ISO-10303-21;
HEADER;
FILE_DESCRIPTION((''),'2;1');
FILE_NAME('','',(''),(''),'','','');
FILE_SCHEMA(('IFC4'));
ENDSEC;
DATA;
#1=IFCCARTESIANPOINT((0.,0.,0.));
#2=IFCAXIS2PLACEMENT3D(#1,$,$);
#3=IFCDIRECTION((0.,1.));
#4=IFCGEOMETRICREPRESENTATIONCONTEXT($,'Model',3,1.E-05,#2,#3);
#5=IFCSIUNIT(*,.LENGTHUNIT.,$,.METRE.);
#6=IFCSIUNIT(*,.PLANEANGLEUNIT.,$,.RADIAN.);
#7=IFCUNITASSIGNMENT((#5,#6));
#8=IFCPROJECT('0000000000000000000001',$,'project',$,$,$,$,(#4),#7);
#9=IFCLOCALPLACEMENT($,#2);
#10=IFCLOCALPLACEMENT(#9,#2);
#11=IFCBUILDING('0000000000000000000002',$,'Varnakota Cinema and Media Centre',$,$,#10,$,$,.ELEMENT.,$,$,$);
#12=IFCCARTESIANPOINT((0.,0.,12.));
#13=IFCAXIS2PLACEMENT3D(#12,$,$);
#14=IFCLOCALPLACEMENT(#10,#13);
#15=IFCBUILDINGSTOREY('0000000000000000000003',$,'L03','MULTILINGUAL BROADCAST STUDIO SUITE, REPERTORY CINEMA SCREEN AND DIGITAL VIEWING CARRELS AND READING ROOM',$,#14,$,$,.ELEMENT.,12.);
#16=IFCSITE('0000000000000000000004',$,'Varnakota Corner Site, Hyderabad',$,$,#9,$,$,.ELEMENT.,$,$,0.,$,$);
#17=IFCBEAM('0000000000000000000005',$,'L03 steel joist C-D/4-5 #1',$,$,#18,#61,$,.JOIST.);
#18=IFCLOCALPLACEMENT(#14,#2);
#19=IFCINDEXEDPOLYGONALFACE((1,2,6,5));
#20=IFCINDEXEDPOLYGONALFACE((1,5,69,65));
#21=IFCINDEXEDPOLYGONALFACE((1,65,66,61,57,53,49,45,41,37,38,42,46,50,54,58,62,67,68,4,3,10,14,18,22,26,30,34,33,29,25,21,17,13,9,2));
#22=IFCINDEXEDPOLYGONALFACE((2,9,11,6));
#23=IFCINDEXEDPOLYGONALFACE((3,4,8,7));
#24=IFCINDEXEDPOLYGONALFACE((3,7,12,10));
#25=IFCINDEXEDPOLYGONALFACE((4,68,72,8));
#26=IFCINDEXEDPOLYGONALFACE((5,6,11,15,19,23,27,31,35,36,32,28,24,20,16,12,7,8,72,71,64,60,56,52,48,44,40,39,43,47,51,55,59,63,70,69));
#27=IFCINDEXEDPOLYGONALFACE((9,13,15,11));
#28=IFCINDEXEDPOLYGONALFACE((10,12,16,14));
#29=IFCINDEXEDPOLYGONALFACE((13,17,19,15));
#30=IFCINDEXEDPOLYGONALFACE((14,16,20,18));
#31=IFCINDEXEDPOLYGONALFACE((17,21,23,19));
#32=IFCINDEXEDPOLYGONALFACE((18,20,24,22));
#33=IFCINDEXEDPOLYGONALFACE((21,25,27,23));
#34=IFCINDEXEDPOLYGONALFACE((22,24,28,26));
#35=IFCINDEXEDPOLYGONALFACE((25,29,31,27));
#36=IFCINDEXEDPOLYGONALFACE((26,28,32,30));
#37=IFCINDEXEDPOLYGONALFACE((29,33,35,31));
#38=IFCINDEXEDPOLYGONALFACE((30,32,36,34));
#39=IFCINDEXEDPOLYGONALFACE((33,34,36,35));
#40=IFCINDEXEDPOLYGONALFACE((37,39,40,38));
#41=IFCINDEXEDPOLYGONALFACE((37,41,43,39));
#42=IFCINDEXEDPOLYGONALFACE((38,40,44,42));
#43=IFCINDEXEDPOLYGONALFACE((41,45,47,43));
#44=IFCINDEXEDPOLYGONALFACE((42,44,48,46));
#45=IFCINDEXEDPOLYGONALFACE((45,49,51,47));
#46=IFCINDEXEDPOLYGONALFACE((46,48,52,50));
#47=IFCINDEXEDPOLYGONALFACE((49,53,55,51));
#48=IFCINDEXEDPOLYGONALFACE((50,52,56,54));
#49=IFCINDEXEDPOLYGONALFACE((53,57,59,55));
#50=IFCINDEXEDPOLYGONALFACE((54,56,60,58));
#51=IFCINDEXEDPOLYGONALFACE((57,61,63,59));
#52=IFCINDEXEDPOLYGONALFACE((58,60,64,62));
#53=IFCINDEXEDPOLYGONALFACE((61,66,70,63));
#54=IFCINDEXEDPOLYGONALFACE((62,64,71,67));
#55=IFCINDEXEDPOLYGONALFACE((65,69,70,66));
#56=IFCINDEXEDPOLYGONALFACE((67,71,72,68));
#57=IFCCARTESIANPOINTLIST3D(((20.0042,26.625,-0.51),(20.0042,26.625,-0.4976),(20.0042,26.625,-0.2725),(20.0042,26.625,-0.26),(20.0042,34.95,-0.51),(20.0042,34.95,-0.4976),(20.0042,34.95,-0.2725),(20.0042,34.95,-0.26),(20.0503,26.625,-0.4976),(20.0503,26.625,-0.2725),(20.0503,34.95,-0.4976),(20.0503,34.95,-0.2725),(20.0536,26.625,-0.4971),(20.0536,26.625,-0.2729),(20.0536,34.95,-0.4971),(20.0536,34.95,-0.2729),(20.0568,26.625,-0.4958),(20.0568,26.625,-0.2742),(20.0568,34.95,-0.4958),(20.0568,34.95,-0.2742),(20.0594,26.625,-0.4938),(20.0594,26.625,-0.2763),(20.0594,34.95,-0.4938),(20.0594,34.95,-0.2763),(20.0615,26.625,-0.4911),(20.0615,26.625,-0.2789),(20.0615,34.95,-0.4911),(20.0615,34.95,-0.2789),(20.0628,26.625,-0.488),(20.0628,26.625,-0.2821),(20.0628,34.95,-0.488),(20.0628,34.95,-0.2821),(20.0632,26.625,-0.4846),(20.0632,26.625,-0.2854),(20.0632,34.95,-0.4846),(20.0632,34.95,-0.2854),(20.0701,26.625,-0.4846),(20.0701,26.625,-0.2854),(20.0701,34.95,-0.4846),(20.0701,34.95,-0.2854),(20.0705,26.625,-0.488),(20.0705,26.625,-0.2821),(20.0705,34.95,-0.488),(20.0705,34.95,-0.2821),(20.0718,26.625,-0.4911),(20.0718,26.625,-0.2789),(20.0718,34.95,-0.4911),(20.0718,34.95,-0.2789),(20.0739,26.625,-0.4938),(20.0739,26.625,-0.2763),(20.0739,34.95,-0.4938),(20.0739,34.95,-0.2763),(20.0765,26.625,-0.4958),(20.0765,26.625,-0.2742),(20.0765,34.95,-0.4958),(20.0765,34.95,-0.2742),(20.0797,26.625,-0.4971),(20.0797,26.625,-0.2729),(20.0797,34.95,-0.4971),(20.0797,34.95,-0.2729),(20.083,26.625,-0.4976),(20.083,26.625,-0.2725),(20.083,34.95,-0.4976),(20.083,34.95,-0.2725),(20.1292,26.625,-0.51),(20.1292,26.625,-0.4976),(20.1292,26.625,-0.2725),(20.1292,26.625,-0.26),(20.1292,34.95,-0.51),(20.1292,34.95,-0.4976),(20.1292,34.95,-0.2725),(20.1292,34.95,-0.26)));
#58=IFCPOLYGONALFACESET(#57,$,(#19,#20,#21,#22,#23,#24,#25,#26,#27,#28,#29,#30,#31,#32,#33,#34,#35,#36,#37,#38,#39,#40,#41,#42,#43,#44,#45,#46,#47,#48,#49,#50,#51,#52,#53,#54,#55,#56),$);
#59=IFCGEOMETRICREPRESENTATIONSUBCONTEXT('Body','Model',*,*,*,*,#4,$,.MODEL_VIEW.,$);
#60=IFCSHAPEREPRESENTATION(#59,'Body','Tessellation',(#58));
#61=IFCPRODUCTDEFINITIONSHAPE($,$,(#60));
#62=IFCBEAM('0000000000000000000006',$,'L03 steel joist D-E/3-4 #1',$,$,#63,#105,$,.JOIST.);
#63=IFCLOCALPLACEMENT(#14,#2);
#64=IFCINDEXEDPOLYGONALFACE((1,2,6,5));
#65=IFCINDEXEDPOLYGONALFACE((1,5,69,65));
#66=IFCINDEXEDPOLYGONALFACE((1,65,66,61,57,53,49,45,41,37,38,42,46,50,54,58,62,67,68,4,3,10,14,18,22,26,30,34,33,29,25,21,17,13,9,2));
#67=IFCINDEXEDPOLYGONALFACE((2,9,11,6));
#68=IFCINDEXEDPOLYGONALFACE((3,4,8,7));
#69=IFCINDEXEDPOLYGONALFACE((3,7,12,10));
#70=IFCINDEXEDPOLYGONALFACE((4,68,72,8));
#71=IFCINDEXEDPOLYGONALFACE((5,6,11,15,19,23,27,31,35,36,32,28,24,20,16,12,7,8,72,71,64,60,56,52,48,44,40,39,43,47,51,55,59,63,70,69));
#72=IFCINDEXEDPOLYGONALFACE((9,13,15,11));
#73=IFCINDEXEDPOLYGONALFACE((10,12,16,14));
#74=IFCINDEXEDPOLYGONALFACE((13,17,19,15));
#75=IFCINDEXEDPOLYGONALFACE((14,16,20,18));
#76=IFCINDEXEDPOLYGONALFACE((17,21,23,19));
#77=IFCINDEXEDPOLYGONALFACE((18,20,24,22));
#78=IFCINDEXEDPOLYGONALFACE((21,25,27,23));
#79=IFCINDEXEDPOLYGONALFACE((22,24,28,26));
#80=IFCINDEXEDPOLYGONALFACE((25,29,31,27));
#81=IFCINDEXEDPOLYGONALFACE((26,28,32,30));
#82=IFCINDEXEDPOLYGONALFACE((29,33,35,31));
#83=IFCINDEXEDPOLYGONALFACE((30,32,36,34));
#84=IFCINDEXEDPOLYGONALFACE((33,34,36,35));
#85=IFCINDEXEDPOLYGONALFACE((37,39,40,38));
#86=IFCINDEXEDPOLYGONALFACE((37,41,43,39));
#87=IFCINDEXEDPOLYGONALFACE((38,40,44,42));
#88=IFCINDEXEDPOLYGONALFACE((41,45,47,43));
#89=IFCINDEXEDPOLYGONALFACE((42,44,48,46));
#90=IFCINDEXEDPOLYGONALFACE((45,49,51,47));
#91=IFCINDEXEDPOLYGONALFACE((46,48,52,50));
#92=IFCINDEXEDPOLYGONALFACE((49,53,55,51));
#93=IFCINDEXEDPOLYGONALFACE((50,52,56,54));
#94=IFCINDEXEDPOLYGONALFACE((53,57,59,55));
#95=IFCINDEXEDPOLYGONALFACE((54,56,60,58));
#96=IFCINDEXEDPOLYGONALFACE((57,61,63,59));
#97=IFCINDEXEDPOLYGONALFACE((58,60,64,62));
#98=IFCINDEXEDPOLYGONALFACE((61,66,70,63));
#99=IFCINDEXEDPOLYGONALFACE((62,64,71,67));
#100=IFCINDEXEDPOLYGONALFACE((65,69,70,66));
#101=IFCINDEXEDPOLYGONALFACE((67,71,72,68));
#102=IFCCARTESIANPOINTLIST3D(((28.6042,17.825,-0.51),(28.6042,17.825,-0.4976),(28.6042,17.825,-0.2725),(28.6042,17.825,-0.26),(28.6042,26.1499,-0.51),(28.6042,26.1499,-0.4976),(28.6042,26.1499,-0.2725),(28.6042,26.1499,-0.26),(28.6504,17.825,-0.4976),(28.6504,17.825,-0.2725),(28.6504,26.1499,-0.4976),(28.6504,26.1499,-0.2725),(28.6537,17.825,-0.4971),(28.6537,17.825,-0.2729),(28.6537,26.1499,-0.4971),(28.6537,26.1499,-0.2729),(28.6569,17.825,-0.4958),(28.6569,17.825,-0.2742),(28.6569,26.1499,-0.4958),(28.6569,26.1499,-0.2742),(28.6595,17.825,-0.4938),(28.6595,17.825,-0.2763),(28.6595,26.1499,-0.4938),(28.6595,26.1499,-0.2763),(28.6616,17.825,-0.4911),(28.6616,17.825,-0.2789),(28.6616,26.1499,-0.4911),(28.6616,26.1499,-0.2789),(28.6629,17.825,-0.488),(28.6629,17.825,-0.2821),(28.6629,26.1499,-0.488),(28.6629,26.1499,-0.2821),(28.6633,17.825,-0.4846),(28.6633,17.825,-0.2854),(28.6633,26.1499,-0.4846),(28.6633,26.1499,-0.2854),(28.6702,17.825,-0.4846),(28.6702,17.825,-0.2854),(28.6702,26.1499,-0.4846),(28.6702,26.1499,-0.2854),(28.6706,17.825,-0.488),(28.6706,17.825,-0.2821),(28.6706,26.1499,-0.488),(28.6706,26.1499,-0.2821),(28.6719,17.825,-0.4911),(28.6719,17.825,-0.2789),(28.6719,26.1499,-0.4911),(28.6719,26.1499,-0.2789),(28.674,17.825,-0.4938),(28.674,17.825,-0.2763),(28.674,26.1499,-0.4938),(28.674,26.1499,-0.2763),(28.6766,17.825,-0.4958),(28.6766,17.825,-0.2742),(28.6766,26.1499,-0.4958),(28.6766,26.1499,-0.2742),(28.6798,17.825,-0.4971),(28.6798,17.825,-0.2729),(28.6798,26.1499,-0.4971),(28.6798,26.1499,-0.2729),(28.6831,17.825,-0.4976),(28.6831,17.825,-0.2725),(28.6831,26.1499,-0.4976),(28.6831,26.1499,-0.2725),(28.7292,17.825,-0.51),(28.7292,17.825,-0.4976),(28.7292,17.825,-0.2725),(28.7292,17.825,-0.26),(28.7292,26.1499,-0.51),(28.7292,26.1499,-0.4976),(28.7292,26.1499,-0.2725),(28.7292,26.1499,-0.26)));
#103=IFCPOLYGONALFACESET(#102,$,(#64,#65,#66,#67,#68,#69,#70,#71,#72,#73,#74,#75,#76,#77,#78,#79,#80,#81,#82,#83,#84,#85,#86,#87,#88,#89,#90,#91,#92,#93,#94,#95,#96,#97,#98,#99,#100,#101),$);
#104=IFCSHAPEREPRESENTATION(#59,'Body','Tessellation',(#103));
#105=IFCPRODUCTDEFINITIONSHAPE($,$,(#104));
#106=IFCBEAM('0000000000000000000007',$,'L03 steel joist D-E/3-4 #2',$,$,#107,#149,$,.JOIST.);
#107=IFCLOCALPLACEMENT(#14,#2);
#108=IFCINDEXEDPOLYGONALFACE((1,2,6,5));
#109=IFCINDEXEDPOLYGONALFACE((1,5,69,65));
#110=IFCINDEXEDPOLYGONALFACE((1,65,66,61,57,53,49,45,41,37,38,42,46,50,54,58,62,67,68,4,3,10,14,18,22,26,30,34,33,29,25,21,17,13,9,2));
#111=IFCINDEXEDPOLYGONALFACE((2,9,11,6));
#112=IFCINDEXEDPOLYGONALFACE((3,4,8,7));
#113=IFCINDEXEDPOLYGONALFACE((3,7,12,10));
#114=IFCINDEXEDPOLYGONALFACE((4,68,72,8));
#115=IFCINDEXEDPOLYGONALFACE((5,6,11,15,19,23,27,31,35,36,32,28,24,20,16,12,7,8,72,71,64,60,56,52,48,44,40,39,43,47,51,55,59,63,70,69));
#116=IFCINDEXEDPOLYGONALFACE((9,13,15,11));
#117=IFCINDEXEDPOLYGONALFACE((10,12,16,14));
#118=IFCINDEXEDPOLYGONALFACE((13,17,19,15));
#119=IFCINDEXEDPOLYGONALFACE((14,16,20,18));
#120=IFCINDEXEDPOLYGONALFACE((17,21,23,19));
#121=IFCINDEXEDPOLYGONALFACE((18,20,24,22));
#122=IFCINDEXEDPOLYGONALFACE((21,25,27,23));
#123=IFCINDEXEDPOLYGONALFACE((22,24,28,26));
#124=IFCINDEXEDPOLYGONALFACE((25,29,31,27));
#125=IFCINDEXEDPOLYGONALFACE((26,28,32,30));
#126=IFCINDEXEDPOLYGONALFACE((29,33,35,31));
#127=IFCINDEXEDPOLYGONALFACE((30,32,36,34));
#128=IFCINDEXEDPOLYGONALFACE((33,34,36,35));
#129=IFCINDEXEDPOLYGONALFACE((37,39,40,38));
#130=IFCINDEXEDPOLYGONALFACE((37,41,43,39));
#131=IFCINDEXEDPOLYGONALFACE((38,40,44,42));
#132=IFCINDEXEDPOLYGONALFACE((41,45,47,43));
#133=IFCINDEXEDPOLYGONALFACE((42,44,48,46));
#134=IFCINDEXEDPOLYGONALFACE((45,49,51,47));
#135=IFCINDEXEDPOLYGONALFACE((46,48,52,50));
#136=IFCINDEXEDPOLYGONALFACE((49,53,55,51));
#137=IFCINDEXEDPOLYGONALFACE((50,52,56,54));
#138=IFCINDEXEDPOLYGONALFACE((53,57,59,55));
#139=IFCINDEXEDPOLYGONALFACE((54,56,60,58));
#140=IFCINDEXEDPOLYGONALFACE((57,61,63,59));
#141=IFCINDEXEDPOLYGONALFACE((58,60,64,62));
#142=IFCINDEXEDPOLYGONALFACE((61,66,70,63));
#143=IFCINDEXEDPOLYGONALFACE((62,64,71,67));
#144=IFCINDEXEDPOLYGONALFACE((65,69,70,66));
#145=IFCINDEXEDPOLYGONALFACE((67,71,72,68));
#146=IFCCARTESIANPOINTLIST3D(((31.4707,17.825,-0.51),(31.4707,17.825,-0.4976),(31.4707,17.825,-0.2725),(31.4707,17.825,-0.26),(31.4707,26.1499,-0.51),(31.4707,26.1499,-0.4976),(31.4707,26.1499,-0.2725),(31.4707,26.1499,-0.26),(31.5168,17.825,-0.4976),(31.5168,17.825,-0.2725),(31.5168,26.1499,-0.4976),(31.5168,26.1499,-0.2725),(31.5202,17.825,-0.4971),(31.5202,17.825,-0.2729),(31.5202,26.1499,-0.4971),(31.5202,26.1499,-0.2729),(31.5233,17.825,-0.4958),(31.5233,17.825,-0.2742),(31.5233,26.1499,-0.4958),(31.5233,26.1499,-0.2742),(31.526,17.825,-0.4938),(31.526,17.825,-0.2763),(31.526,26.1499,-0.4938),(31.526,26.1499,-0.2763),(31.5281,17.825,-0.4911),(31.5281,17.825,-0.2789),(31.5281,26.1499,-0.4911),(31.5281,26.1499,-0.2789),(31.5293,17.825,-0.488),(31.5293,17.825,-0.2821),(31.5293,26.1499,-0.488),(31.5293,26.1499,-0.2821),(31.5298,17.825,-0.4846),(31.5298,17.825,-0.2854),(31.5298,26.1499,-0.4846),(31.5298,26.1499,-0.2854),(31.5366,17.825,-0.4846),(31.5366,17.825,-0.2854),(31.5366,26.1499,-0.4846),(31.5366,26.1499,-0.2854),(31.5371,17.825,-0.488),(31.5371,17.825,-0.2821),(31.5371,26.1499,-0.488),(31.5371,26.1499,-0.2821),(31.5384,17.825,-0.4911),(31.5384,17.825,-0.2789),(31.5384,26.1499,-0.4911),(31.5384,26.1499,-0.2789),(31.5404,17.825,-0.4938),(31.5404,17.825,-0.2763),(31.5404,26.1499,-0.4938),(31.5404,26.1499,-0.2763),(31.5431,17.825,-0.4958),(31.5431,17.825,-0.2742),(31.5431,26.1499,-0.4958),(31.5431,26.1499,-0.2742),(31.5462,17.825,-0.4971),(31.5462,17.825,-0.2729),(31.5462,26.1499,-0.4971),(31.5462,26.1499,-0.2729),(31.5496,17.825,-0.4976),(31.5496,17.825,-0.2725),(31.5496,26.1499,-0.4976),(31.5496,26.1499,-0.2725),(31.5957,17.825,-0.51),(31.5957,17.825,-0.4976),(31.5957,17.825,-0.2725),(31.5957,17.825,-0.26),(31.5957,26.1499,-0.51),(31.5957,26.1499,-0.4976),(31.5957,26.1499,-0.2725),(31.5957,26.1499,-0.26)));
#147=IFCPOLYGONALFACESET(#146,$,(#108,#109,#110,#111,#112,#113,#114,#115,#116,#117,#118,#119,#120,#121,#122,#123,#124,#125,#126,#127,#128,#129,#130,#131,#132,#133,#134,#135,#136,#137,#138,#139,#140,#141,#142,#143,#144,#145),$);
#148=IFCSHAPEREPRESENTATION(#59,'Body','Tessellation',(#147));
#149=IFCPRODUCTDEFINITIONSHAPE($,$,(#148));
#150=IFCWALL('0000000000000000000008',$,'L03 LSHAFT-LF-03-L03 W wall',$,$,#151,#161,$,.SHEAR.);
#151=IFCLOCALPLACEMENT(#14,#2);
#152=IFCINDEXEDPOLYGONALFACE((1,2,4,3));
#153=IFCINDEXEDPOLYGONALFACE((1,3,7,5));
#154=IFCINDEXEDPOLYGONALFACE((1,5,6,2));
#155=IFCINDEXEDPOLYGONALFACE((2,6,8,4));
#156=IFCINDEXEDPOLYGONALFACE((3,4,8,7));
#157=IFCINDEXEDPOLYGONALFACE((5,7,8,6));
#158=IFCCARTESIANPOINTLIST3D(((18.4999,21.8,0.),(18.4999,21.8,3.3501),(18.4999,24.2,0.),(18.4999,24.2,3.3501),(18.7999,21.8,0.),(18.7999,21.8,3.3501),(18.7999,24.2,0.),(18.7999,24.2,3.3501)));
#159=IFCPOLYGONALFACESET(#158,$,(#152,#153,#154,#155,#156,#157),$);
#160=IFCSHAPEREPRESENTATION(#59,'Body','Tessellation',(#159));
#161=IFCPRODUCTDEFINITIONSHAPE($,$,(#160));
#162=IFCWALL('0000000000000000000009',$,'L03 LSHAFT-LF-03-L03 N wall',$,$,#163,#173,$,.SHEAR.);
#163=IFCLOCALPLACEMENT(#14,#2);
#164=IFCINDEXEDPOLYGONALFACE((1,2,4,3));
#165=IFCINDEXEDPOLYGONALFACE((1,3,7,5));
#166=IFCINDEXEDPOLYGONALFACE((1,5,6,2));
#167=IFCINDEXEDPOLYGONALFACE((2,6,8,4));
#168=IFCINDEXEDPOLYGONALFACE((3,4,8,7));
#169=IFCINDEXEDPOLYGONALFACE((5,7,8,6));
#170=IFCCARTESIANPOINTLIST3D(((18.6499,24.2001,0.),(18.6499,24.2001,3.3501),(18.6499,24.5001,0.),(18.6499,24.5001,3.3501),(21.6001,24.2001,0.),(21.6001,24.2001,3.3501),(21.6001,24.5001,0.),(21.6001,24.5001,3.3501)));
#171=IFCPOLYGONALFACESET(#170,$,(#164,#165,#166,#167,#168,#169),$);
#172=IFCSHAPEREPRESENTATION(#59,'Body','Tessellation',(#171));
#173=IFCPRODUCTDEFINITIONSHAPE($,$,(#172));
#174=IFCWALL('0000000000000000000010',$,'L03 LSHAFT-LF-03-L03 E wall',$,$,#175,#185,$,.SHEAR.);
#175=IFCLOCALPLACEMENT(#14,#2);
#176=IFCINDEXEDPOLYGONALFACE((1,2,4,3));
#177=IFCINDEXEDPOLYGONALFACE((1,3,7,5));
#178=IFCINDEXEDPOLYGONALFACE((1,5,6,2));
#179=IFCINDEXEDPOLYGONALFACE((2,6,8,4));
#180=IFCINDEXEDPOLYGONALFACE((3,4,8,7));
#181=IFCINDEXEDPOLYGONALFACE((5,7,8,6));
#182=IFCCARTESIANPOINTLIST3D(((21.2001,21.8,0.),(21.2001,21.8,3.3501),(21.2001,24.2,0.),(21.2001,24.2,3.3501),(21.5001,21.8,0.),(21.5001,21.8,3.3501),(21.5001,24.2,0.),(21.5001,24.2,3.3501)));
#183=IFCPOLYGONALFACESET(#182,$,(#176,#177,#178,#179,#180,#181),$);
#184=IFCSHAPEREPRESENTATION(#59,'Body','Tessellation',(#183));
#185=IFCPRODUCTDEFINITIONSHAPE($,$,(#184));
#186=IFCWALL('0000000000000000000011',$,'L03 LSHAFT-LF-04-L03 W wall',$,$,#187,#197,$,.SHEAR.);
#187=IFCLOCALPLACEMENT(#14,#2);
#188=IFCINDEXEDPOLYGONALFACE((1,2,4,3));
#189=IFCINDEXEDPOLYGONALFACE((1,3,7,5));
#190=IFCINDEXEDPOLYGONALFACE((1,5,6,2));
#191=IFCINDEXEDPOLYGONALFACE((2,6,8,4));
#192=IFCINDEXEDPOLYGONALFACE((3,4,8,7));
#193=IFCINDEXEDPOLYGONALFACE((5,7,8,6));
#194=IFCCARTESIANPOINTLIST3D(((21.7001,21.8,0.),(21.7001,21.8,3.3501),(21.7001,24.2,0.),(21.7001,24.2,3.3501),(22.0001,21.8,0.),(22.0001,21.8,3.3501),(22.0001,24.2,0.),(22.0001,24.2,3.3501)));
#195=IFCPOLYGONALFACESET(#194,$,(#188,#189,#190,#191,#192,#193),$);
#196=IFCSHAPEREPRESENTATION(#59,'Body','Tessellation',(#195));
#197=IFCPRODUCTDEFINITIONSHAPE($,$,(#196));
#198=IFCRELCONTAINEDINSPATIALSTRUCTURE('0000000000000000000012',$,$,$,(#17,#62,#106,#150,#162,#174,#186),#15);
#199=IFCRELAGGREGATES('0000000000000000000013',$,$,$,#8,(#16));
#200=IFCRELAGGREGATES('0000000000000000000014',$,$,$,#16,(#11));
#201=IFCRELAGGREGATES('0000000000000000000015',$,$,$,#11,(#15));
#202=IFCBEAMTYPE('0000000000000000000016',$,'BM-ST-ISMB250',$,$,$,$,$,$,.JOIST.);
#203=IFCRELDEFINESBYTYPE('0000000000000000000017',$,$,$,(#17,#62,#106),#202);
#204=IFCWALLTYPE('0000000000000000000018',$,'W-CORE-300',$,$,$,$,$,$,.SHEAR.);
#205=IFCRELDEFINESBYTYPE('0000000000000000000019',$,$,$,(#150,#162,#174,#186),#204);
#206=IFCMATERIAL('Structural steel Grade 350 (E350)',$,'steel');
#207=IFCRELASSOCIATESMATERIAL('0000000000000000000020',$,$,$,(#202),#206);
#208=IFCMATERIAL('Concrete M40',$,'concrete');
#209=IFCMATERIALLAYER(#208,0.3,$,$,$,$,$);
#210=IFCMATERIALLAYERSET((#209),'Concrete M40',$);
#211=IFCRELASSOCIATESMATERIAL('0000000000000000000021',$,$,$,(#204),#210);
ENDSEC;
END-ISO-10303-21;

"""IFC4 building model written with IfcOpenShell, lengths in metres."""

from ifc_helpers import new_model, si_unit, direction, frame, frame_2d, origin, origin_2d, place, context, subcontext, project, spatial, rectangle, i_section, extrude, material, layer, layer_set, material_profile, profile_set, type_object, element, save


model = new_model("IFC4")

# Units and contexts
model_context = context("Model", 3, precision=1e-05, world=origin(), true_north=direction((0.0, 1.0)))
body_context = subcontext(model_context, "Body", "Model", "MODEL_VIEW")
ifc_project = project(units=[si_unit("LENGTHUNIT", "METRE"), si_unit("PLANEANGLEUNIT", "RADIAN")], contexts=[model_context])

# Site, building, storey
site_placement = place(None, origin())
site = spatial("IfcSite", under=ifc_project, at=site_placement, Name="Varnakota Corner Site, Hyderabad", CompositionType="ELEMENT", RefElevation=0.0)
building_placement = place(site_placement, origin())
building = spatial("IfcBuilding", under=site, at=building_placement, Name="Varnakota Cinema and Media Centre", CompositionType="ELEMENT")
storey_placement = place(building_placement, frame((0.0, 0.0, 12.0)))
storey = spatial("IfcBuildingStorey", under=building, at=storey_placement, Name="L03", Description="MULTILINGUAL BROADCAST STUDIO SUITE, REPERTORY CINEMA SCREEN AND DIGITAL VIEWING CARRELS AND READING ROOM", CompositionType="ELEMENT", Elevation=12.0)

# Beams
ifc_material_1 = material(Name="Structural steel Grade 350 (E350)", Category="steel")
ifc_material_profile_1 = material_profile(ifc_material_1, i_section(OverallWidth=0.125, OverallDepth=0.25, WebThickness=0.0068, FlangeThickness=0.0125, FilletRadius=0.0129, at=origin_2d()), Name="ISMB 250")
ifc_profile_set_1 = profile_set([ifc_material_profile_1], Name="Structural steel Grade 350 (E350)")
beam_type_1 = type_object("IfcBeamType", Name="BM-ST-ISMB250", PredefinedType="JOIST", material=ifc_profile_set_1)
for number, where, z_axis, x_axis, name in (
    (1, (20.0667, 26.625, -0.385), (0.0, 1.0, 0.0), (-1.0, 0.0, 0.0), "L03 steel joist C-D/4-5 #1"),
    (2, (28.6667, 17.825, -0.385), (0.0, 1.0, 0.0), (-1.0, 0.0, 0.0), "L03 steel joist D-E/3-4 #1"),
    (3, (31.5332, 17.825, -0.385), (0.0, 1.0, 0.0), (-1.0, 0.0, 0.0), "L03 steel joist D-E/3-4 #2"),
):
    element("IfcBeam", number, at=place(storey_placement, frame(where, z_axis=z_axis, x_axis=x_axis)), inside=storey, type_object=beam_type_1, Name=name, PredefinedType="JOIST", context=body_context, shape_type="SweptSolid", body=[
        extrude(i_section(OverallWidth=0.125, OverallDepth=0.25, WebThickness=0.0068, FlangeThickness=0.0125, FilletRadius=0.0129, at=origin_2d()), origin(), (0.0, 0.0, 1.0), 8.325),
    ])

# Shared definitions
ifc_material_2 = material(Name="Concrete M40", Category="concrete")
ifc_layer_1 = layer(ifc_material_2, 0.3)
ifc_layer_set_1 = layer_set([ifc_layer_1], Name="Concrete M40")
wall_type_1 = type_object("IfcWallType", Name="W-CORE-300", PredefinedType="SHEAR", material=ifc_layer_set_1)

# Walls
wall_1_placement = place(storey_placement, frame((18.6499, 21.8, 0.0), z_axis=(0.0, 0.0, 1.0), x_axis=(0.0, 1.0, 0.0)))
element("IfcWall", 4, at=wall_1_placement, inside=storey, type_object=wall_type_1, Name="L03 LSHAFT-LF-03-L03 W wall", PredefinedType="SHEAR", context=body_context, shape_type="SweptSolid", body=[
    extrude(rectangle(XDim=2.3999, YDim=0.3, at=frame_2d((1.2, 0.0))), origin(), (0.0, 0.0, 1.0), 3.3501),
])
wall_2_placement = place(storey_placement, frame((18.6499, 24.3501, 0.0), z_axis=(0.0, 0.0, 1.0), x_axis=(1.0, 0.0, 0.0)))
element("IfcWall", 5, at=wall_2_placement, inside=storey, type_object=wall_type_1, Name="L03 LSHAFT-LF-03-L03 N wall", PredefinedType="SHEAR", context=body_context, shape_type="SweptSolid", body=[
    extrude(rectangle(XDim=2.9502, YDim=0.3, at=frame_2d((1.4751, 0.0))), origin(), (0.0, 0.0, 1.0), 3.3501),
])
wall_3_placement = place(storey_placement, frame((21.3501, 24.2, 0.0), z_axis=(0.0, 0.0, 1.0), x_axis=(0.0, -1.0, 0.0)))
element("IfcWall", 6, at=wall_3_placement, inside=storey, type_object=wall_type_1, Name="L03 LSHAFT-LF-03-L03 E wall", PredefinedType="SHEAR", context=body_context, shape_type="SweptSolid", body=[
    extrude(rectangle(XDim=2.3999, YDim=0.3, at=frame_2d((1.2, 0.0))), origin(), (0.0, 0.0, 1.0), 3.3501),
])

# Wall
wall_4_placement = place(storey_placement, frame((21.8501, 21.8, 0.0), z_axis=(0.0, 0.0, 1.0), x_axis=(0.0, 1.0, 0.0)))
element("IfcWall", 7, at=wall_4_placement, inside=storey, type_object=wall_type_1, Name="L03 LSHAFT-LF-04-L03 W wall", PredefinedType="SHEAR", context=body_context, shape_type="SweptSolid", body=[
    extrude(rectangle(XDim=2.3999, YDim=0.3, at=frame_2d((1.2, 0.0))), origin(), (0.0, 0.0, 1.0), 3.3501),
])

save(model, "model.ifc")
